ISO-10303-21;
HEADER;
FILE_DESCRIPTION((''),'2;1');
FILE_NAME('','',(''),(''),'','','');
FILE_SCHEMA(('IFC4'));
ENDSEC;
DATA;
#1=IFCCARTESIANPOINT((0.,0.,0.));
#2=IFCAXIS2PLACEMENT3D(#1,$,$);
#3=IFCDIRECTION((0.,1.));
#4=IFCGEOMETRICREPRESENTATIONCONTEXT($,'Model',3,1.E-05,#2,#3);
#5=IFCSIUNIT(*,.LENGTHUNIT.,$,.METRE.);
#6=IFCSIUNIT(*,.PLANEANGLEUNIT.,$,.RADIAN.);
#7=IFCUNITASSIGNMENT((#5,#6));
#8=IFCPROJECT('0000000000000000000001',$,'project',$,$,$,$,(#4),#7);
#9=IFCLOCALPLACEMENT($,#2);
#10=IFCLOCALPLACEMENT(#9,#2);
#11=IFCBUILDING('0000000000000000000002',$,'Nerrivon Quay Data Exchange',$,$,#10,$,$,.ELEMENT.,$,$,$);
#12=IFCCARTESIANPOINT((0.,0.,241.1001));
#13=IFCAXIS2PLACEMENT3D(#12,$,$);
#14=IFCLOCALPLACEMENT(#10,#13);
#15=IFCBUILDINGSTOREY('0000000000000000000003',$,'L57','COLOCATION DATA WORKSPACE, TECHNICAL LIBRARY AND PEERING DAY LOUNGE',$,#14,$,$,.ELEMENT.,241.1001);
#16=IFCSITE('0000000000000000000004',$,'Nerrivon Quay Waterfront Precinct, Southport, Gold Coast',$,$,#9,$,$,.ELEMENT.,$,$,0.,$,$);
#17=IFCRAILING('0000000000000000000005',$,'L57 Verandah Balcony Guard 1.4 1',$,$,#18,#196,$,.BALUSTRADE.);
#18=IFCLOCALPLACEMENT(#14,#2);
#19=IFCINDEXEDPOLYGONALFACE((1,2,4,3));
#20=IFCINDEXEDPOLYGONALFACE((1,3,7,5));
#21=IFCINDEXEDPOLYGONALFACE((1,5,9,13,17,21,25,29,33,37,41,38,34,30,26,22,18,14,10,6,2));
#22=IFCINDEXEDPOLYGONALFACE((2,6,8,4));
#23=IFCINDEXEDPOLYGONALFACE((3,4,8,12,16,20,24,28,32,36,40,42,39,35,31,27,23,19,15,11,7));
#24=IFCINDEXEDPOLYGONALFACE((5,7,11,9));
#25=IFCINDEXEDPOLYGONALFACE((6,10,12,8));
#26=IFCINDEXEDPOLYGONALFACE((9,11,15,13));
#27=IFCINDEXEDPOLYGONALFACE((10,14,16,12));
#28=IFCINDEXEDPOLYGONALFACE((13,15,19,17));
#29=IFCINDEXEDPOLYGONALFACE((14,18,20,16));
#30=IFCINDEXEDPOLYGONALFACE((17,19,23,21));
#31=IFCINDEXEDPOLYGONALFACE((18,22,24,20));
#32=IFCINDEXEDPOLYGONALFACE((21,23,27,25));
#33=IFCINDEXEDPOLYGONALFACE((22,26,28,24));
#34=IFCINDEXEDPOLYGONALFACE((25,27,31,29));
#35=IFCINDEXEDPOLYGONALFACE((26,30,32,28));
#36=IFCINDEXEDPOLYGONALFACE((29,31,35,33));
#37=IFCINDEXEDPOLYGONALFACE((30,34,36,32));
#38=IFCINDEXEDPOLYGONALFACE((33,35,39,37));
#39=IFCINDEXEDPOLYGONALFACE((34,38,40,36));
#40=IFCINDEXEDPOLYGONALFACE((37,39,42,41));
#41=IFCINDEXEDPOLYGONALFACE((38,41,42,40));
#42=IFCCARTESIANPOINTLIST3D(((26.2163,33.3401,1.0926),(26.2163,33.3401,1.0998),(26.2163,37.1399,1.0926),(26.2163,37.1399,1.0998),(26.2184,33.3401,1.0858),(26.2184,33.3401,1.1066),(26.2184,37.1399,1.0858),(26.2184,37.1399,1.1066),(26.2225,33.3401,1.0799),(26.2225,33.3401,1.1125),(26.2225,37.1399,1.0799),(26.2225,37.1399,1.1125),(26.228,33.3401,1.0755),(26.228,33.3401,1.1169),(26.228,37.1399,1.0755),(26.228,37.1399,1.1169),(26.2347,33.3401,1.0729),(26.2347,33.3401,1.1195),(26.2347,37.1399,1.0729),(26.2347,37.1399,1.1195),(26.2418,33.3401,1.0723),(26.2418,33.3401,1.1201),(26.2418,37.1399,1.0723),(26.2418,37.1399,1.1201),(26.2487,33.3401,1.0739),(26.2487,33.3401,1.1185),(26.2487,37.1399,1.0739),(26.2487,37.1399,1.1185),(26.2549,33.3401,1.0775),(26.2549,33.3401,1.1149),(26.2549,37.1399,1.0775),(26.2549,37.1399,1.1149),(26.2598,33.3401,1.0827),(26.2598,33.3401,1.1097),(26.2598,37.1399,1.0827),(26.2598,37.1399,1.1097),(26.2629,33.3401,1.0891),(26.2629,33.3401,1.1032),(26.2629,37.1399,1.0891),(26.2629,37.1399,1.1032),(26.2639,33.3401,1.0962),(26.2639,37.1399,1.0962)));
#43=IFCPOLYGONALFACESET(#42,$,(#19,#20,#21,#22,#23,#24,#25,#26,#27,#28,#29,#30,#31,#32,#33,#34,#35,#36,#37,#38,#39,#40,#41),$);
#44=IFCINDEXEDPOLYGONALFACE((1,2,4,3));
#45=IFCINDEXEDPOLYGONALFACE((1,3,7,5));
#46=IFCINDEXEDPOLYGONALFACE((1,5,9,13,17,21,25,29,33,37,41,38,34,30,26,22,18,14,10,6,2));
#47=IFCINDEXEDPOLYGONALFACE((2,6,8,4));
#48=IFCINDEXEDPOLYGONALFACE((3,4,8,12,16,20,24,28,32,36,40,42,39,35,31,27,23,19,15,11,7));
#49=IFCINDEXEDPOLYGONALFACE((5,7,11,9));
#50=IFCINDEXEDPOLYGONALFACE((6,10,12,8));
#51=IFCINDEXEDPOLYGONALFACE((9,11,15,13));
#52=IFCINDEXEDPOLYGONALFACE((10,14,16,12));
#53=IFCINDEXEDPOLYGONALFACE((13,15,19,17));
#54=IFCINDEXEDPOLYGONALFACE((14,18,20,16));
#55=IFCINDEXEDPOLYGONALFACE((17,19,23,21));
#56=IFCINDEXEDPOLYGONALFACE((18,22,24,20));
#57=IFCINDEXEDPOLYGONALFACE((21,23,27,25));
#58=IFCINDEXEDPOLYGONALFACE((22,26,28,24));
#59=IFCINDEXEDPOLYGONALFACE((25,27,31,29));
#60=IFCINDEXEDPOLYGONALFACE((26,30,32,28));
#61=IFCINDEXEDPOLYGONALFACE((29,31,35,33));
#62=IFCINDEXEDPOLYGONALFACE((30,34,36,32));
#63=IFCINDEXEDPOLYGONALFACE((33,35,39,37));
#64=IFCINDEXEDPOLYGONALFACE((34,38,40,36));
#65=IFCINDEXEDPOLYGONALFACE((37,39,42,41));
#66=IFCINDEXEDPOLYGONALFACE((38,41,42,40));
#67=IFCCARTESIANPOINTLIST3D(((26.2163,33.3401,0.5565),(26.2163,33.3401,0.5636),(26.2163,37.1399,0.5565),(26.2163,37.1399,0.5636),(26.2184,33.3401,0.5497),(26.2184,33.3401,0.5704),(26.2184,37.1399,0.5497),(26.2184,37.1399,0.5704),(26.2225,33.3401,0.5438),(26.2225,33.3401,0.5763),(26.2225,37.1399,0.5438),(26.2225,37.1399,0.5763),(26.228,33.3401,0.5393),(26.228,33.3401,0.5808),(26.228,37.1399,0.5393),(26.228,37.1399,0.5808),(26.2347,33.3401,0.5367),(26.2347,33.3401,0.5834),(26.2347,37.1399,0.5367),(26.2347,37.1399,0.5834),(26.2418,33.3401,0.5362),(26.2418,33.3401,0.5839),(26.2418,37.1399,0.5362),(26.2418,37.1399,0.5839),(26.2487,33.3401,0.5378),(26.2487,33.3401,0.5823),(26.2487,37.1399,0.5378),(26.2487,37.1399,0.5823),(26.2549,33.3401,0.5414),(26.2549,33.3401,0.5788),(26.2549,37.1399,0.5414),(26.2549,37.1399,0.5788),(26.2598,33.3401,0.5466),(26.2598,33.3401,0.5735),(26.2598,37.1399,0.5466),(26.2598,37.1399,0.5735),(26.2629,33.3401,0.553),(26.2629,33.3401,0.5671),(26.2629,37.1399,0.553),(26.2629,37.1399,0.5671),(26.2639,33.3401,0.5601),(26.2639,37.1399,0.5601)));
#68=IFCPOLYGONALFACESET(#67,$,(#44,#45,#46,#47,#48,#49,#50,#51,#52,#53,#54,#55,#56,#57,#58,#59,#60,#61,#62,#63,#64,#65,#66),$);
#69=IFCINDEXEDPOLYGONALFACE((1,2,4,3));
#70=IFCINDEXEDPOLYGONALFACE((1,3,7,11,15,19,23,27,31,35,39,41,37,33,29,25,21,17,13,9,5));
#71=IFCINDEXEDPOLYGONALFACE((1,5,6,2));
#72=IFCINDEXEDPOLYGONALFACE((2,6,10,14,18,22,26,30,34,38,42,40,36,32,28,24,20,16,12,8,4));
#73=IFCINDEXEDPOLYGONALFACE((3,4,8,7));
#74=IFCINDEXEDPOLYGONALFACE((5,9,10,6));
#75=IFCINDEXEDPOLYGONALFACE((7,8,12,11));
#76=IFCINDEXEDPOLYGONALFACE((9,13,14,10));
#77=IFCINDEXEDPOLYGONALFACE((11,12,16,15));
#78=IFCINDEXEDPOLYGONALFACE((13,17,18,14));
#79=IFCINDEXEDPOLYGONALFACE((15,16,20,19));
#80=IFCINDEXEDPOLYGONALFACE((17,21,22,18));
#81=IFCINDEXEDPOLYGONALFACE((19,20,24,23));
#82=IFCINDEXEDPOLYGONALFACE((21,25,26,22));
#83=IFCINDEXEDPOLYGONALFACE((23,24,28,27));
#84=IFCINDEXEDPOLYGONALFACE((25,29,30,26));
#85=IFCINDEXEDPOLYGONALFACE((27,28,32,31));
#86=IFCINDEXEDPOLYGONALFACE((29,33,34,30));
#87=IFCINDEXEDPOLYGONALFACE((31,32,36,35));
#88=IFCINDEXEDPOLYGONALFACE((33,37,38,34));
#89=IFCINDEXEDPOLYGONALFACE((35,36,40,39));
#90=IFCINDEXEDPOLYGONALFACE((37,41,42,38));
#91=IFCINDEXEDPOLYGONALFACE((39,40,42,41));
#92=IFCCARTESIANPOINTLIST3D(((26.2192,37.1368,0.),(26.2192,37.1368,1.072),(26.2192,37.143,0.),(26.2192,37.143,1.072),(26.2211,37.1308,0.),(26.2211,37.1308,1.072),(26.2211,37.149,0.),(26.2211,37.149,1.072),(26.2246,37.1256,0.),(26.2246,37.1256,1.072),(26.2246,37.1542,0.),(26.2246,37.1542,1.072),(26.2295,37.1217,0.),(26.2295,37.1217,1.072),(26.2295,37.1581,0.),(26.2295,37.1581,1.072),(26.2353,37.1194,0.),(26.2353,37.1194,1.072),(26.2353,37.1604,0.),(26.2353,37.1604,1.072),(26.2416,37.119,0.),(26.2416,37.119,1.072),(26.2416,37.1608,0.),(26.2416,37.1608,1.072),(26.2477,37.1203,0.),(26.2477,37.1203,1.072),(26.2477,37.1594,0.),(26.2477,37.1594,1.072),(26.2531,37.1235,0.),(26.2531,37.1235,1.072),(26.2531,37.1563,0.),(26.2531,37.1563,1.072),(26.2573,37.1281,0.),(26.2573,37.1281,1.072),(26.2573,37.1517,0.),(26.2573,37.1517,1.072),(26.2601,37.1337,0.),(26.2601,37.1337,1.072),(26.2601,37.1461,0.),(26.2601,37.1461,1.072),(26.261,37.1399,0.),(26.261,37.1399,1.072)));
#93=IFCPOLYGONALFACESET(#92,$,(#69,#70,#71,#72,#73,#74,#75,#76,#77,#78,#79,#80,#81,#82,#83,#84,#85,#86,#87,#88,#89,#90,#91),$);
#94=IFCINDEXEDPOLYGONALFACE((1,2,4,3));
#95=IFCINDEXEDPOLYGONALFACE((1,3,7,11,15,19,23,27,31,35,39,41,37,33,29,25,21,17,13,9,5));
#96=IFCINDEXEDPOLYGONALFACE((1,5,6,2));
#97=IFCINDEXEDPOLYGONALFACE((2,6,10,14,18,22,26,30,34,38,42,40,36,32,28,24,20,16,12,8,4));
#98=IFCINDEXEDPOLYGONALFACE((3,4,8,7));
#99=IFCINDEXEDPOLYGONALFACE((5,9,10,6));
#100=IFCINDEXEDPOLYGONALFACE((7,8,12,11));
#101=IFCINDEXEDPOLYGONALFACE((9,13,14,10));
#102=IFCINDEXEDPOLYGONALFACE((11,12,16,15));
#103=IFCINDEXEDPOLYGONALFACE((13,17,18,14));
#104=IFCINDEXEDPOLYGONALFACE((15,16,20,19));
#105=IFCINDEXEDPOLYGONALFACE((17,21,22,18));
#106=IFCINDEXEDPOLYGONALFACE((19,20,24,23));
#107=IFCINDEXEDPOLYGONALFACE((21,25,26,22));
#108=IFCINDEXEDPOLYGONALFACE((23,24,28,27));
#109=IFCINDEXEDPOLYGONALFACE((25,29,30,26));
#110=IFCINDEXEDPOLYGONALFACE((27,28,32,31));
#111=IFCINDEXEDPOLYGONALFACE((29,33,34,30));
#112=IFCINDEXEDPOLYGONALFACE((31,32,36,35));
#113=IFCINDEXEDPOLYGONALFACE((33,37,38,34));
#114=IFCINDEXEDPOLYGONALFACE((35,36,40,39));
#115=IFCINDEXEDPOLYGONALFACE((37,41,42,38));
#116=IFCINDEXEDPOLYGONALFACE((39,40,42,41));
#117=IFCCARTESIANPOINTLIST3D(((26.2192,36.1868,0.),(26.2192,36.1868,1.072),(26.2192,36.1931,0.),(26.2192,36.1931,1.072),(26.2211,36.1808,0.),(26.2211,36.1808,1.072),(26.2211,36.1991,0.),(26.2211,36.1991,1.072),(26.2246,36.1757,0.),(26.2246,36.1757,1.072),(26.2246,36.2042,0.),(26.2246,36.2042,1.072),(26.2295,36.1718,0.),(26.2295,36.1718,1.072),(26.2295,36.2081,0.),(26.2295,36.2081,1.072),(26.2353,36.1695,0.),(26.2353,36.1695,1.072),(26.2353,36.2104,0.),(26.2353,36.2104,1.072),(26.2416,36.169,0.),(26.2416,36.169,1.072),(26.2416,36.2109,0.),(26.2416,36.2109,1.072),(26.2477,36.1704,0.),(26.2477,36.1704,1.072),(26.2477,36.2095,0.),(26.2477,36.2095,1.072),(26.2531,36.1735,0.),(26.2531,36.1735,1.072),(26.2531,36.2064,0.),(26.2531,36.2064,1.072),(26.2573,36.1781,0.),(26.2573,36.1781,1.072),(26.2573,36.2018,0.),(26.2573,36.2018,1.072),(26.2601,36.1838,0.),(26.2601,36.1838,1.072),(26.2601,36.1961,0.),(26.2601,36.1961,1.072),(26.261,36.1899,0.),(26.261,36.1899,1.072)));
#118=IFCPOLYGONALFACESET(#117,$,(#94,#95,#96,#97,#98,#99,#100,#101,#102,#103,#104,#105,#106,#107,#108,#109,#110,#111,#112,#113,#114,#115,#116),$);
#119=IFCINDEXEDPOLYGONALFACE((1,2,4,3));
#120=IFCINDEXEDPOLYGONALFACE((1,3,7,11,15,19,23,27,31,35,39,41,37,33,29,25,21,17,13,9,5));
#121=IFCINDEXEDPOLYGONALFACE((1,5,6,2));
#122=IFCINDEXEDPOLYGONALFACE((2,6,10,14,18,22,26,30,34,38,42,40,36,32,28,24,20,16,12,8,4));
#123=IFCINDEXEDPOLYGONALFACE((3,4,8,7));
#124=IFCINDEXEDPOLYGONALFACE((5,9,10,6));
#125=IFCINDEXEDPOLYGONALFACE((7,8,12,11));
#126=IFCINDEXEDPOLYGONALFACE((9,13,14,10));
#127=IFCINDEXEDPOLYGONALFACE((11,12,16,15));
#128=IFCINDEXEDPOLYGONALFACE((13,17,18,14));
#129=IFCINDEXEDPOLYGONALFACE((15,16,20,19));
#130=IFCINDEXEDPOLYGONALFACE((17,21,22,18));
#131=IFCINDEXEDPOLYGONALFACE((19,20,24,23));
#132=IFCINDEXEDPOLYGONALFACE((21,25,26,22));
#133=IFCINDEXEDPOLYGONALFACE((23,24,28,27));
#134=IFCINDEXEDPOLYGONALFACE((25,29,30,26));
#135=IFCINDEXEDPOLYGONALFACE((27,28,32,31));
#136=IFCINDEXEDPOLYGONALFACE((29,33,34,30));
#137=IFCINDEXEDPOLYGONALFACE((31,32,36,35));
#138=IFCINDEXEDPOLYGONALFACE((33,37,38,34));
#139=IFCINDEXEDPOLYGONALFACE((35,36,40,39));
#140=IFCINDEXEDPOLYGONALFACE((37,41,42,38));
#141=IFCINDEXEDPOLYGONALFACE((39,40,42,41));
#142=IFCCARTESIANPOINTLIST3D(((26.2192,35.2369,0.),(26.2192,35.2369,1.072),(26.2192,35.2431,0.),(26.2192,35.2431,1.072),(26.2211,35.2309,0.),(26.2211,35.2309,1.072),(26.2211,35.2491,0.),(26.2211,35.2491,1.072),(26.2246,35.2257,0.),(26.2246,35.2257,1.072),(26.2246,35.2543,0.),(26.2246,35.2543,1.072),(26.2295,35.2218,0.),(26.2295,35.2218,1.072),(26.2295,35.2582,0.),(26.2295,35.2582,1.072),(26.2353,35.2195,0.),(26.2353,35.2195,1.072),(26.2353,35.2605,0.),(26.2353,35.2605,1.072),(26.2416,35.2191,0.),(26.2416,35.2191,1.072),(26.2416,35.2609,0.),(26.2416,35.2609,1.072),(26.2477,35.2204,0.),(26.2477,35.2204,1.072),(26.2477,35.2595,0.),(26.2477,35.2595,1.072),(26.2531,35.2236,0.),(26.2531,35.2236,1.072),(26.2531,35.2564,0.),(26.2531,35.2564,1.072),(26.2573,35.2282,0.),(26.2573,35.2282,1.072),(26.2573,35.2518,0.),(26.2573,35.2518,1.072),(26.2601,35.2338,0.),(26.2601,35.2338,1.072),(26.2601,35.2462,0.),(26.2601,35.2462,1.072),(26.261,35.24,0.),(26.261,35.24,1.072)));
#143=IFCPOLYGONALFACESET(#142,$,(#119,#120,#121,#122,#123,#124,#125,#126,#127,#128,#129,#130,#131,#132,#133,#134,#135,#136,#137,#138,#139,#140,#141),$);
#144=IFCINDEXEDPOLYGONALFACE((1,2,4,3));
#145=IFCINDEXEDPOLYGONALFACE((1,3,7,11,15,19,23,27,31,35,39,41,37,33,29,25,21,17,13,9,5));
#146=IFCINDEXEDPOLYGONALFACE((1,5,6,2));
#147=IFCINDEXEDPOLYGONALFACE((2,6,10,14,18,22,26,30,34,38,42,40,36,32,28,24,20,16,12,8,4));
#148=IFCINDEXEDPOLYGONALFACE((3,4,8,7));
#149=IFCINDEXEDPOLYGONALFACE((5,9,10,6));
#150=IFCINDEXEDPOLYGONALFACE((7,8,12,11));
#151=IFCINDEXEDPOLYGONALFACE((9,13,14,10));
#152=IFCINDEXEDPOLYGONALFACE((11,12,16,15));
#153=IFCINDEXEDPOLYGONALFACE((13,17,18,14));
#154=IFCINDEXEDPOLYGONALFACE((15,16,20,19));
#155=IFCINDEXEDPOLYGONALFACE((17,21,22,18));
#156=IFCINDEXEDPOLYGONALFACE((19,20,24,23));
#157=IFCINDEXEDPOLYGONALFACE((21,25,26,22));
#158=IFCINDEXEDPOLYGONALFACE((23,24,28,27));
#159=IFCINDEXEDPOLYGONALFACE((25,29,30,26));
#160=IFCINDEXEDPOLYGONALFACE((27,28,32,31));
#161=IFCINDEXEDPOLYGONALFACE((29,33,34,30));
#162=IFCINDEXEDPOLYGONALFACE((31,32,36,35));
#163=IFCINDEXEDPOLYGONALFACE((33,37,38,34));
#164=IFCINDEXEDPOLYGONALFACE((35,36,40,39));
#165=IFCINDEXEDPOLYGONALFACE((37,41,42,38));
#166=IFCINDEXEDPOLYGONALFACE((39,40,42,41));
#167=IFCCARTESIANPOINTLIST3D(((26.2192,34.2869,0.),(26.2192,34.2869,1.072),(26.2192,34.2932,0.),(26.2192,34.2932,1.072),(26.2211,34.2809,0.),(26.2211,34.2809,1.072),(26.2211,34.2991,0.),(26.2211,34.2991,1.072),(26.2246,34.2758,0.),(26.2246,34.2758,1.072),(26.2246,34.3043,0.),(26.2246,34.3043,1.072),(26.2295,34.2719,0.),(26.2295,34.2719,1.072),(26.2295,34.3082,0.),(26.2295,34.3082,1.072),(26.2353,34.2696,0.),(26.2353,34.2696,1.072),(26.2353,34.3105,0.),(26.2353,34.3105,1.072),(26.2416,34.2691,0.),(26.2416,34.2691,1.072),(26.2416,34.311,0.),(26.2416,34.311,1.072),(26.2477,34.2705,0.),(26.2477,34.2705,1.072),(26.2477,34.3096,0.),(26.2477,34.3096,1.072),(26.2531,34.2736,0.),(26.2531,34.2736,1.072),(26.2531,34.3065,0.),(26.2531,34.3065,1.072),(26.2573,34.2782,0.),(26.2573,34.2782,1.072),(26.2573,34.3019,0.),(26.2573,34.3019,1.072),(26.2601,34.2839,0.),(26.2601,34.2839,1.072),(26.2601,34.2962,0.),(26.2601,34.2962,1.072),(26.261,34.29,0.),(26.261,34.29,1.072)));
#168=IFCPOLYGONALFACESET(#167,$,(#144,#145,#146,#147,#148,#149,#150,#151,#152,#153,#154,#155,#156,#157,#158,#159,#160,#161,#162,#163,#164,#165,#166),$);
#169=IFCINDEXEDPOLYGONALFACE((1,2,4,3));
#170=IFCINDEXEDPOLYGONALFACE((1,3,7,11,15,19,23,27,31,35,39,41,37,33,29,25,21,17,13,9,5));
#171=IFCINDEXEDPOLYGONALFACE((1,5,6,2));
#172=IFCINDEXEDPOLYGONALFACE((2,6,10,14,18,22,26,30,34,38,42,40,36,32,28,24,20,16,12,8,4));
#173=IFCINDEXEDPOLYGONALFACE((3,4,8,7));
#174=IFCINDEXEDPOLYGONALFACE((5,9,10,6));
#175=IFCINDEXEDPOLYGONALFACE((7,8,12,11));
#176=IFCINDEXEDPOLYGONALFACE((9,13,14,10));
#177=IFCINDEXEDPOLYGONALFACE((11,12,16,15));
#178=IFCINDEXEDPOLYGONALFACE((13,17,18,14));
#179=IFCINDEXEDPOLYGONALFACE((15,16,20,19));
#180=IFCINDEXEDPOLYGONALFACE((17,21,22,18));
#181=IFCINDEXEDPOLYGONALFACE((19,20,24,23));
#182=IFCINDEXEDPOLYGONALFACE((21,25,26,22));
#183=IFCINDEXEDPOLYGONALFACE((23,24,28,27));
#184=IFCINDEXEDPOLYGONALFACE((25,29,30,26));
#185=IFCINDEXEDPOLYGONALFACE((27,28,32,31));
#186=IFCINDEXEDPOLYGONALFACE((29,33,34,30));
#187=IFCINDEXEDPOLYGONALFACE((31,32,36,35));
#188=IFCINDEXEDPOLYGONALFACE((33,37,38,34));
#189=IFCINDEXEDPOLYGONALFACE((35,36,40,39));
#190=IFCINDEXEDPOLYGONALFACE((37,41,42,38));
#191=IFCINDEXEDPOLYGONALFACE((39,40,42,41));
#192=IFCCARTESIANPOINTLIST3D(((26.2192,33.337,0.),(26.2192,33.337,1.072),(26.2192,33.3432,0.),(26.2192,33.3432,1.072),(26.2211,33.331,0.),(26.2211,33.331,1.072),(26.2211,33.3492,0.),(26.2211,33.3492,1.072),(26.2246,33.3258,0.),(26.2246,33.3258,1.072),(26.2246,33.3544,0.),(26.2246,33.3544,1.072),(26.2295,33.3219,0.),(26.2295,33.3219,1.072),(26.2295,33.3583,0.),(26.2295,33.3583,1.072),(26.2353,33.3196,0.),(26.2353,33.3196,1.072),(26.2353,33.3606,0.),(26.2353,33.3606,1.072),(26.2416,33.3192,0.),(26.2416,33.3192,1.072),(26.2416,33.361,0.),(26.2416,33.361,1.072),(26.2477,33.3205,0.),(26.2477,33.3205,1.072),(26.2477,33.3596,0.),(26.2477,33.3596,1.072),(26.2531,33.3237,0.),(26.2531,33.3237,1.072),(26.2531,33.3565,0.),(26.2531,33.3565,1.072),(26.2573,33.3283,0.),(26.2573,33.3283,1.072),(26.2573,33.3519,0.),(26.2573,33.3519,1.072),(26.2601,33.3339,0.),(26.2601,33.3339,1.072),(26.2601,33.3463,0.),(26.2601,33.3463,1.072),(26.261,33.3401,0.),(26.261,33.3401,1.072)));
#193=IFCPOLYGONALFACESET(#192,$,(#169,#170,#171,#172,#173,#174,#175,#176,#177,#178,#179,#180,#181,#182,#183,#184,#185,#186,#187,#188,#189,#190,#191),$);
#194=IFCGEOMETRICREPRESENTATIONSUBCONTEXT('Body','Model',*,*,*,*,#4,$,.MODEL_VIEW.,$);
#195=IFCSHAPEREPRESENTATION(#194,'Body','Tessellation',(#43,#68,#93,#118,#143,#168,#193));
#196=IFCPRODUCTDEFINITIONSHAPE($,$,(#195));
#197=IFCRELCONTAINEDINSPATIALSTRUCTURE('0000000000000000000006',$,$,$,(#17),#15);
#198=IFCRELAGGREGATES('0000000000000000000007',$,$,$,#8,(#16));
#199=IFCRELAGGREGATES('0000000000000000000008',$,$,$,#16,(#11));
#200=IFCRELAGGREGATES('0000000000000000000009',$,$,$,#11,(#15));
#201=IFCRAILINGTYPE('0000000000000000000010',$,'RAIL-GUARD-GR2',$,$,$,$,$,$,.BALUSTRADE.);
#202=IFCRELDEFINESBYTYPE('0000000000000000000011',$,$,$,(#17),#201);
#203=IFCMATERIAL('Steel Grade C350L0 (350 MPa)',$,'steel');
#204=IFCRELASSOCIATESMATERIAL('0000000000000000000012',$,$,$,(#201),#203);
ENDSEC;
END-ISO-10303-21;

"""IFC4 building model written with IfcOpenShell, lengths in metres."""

from ifc_helpers import new_model, si_unit, direction, frame, origin, origin_2d, place, context, subcontext, project, spatial, circle, extrude, material, type_object, element, save


model = new_model("IFC4")

# Units and contexts
model_context = context("Model", 3, precision=1e-05, world=origin(), true_north=direction((0.0, 1.0)))
body_context = subcontext(model_context, "Body", "Model", "MODEL_VIEW")
ifc_project = project(units=[si_unit("LENGTHUNIT", "METRE"), si_unit("PLANEANGLEUNIT", "RADIAN")], contexts=[model_context])

# Site, building, storey
site_placement = place(None, origin())
site = spatial("IfcSite", under=ifc_project, at=site_placement, Name="Nerrivon Quay Waterfront Precinct, Southport, Gold Coast", CompositionType="ELEMENT", RefElevation=0.0)
building_placement = place(site_placement, origin())
building = spatial("IfcBuilding", under=site, at=building_placement, Name="Nerrivon Quay Data Exchange", CompositionType="ELEMENT")
storey_placement = place(building_placement, frame((0.0, 0.0, 241.1001)))
storey = spatial("IfcBuildingStorey", under=building, at=storey_placement, Name="L57", Description="COLOCATION DATA WORKSPACE, TECHNICAL LIBRARY AND PEERING DAY LOUNGE", CompositionType="ELEMENT", Elevation=241.1001)

# Shared definitions
ifc_material_1 = material(Name="Steel Grade C350L0 (350 MPa)", Category="steel")

# Railing
railing_type = type_object("IfcRailingType", Name="RAIL-GUARD-GR2", PredefinedType="BALUSTRADE", material=ifc_material_1)
railing_1_placement = place(storey_placement, frame((26.24, 37.1399, 0.0)))
element("IfcRailing", 1, at=railing_1_placement, inside=storey, type_object=railing_type, Name="L57 Verandah Balcony Guard 1.4 1", PredefinedType="BALUSTRADE", context=body_context, shape_type="SweptSolid", body=[
    extrude(circle(Radius=0.0239, at=origin_2d()), frame((0.0, 0.0, 1.0962), z_axis=(0.0, -1.0, 0.0), x_axis=(1.0, 0.0, 0.0)), (0.0, 0.0, 1.0), 3.7998),
    extrude(circle(Radius=0.0239, at=origin_2d()), frame((0.0, 0.0, 0.5601), z_axis=(0.0, -1.0, 0.0), x_axis=(1.0, 0.0, 0.0)), (0.0, 0.0, 1.0), 3.7998),
    extrude(circle(Radius=0.021, at=origin_2d()), origin(), (0.0, 0.0, 1.0), 1.072),
    extrude(circle(Radius=0.021, at=origin_2d()), frame((0.0, -0.95, 0.0)), (0.0, 0.0, 1.0), 1.072),
    extrude(circle(Radius=0.021, at=origin_2d()), frame((0.0, -1.8999, 0.0)), (0.0, 0.0, 1.0), 1.072),
    extrude(circle(Radius=0.021, at=origin_2d()), frame((0.0, -2.8499, 0.0)), (0.0, 0.0, 1.0), 1.072),
    extrude(circle(Radius=0.021, at=origin_2d()), frame((0.0, -3.7998, 0.0)), (0.0, 0.0, 1.0), 1.072),
])

save(model, "model.ifc")
